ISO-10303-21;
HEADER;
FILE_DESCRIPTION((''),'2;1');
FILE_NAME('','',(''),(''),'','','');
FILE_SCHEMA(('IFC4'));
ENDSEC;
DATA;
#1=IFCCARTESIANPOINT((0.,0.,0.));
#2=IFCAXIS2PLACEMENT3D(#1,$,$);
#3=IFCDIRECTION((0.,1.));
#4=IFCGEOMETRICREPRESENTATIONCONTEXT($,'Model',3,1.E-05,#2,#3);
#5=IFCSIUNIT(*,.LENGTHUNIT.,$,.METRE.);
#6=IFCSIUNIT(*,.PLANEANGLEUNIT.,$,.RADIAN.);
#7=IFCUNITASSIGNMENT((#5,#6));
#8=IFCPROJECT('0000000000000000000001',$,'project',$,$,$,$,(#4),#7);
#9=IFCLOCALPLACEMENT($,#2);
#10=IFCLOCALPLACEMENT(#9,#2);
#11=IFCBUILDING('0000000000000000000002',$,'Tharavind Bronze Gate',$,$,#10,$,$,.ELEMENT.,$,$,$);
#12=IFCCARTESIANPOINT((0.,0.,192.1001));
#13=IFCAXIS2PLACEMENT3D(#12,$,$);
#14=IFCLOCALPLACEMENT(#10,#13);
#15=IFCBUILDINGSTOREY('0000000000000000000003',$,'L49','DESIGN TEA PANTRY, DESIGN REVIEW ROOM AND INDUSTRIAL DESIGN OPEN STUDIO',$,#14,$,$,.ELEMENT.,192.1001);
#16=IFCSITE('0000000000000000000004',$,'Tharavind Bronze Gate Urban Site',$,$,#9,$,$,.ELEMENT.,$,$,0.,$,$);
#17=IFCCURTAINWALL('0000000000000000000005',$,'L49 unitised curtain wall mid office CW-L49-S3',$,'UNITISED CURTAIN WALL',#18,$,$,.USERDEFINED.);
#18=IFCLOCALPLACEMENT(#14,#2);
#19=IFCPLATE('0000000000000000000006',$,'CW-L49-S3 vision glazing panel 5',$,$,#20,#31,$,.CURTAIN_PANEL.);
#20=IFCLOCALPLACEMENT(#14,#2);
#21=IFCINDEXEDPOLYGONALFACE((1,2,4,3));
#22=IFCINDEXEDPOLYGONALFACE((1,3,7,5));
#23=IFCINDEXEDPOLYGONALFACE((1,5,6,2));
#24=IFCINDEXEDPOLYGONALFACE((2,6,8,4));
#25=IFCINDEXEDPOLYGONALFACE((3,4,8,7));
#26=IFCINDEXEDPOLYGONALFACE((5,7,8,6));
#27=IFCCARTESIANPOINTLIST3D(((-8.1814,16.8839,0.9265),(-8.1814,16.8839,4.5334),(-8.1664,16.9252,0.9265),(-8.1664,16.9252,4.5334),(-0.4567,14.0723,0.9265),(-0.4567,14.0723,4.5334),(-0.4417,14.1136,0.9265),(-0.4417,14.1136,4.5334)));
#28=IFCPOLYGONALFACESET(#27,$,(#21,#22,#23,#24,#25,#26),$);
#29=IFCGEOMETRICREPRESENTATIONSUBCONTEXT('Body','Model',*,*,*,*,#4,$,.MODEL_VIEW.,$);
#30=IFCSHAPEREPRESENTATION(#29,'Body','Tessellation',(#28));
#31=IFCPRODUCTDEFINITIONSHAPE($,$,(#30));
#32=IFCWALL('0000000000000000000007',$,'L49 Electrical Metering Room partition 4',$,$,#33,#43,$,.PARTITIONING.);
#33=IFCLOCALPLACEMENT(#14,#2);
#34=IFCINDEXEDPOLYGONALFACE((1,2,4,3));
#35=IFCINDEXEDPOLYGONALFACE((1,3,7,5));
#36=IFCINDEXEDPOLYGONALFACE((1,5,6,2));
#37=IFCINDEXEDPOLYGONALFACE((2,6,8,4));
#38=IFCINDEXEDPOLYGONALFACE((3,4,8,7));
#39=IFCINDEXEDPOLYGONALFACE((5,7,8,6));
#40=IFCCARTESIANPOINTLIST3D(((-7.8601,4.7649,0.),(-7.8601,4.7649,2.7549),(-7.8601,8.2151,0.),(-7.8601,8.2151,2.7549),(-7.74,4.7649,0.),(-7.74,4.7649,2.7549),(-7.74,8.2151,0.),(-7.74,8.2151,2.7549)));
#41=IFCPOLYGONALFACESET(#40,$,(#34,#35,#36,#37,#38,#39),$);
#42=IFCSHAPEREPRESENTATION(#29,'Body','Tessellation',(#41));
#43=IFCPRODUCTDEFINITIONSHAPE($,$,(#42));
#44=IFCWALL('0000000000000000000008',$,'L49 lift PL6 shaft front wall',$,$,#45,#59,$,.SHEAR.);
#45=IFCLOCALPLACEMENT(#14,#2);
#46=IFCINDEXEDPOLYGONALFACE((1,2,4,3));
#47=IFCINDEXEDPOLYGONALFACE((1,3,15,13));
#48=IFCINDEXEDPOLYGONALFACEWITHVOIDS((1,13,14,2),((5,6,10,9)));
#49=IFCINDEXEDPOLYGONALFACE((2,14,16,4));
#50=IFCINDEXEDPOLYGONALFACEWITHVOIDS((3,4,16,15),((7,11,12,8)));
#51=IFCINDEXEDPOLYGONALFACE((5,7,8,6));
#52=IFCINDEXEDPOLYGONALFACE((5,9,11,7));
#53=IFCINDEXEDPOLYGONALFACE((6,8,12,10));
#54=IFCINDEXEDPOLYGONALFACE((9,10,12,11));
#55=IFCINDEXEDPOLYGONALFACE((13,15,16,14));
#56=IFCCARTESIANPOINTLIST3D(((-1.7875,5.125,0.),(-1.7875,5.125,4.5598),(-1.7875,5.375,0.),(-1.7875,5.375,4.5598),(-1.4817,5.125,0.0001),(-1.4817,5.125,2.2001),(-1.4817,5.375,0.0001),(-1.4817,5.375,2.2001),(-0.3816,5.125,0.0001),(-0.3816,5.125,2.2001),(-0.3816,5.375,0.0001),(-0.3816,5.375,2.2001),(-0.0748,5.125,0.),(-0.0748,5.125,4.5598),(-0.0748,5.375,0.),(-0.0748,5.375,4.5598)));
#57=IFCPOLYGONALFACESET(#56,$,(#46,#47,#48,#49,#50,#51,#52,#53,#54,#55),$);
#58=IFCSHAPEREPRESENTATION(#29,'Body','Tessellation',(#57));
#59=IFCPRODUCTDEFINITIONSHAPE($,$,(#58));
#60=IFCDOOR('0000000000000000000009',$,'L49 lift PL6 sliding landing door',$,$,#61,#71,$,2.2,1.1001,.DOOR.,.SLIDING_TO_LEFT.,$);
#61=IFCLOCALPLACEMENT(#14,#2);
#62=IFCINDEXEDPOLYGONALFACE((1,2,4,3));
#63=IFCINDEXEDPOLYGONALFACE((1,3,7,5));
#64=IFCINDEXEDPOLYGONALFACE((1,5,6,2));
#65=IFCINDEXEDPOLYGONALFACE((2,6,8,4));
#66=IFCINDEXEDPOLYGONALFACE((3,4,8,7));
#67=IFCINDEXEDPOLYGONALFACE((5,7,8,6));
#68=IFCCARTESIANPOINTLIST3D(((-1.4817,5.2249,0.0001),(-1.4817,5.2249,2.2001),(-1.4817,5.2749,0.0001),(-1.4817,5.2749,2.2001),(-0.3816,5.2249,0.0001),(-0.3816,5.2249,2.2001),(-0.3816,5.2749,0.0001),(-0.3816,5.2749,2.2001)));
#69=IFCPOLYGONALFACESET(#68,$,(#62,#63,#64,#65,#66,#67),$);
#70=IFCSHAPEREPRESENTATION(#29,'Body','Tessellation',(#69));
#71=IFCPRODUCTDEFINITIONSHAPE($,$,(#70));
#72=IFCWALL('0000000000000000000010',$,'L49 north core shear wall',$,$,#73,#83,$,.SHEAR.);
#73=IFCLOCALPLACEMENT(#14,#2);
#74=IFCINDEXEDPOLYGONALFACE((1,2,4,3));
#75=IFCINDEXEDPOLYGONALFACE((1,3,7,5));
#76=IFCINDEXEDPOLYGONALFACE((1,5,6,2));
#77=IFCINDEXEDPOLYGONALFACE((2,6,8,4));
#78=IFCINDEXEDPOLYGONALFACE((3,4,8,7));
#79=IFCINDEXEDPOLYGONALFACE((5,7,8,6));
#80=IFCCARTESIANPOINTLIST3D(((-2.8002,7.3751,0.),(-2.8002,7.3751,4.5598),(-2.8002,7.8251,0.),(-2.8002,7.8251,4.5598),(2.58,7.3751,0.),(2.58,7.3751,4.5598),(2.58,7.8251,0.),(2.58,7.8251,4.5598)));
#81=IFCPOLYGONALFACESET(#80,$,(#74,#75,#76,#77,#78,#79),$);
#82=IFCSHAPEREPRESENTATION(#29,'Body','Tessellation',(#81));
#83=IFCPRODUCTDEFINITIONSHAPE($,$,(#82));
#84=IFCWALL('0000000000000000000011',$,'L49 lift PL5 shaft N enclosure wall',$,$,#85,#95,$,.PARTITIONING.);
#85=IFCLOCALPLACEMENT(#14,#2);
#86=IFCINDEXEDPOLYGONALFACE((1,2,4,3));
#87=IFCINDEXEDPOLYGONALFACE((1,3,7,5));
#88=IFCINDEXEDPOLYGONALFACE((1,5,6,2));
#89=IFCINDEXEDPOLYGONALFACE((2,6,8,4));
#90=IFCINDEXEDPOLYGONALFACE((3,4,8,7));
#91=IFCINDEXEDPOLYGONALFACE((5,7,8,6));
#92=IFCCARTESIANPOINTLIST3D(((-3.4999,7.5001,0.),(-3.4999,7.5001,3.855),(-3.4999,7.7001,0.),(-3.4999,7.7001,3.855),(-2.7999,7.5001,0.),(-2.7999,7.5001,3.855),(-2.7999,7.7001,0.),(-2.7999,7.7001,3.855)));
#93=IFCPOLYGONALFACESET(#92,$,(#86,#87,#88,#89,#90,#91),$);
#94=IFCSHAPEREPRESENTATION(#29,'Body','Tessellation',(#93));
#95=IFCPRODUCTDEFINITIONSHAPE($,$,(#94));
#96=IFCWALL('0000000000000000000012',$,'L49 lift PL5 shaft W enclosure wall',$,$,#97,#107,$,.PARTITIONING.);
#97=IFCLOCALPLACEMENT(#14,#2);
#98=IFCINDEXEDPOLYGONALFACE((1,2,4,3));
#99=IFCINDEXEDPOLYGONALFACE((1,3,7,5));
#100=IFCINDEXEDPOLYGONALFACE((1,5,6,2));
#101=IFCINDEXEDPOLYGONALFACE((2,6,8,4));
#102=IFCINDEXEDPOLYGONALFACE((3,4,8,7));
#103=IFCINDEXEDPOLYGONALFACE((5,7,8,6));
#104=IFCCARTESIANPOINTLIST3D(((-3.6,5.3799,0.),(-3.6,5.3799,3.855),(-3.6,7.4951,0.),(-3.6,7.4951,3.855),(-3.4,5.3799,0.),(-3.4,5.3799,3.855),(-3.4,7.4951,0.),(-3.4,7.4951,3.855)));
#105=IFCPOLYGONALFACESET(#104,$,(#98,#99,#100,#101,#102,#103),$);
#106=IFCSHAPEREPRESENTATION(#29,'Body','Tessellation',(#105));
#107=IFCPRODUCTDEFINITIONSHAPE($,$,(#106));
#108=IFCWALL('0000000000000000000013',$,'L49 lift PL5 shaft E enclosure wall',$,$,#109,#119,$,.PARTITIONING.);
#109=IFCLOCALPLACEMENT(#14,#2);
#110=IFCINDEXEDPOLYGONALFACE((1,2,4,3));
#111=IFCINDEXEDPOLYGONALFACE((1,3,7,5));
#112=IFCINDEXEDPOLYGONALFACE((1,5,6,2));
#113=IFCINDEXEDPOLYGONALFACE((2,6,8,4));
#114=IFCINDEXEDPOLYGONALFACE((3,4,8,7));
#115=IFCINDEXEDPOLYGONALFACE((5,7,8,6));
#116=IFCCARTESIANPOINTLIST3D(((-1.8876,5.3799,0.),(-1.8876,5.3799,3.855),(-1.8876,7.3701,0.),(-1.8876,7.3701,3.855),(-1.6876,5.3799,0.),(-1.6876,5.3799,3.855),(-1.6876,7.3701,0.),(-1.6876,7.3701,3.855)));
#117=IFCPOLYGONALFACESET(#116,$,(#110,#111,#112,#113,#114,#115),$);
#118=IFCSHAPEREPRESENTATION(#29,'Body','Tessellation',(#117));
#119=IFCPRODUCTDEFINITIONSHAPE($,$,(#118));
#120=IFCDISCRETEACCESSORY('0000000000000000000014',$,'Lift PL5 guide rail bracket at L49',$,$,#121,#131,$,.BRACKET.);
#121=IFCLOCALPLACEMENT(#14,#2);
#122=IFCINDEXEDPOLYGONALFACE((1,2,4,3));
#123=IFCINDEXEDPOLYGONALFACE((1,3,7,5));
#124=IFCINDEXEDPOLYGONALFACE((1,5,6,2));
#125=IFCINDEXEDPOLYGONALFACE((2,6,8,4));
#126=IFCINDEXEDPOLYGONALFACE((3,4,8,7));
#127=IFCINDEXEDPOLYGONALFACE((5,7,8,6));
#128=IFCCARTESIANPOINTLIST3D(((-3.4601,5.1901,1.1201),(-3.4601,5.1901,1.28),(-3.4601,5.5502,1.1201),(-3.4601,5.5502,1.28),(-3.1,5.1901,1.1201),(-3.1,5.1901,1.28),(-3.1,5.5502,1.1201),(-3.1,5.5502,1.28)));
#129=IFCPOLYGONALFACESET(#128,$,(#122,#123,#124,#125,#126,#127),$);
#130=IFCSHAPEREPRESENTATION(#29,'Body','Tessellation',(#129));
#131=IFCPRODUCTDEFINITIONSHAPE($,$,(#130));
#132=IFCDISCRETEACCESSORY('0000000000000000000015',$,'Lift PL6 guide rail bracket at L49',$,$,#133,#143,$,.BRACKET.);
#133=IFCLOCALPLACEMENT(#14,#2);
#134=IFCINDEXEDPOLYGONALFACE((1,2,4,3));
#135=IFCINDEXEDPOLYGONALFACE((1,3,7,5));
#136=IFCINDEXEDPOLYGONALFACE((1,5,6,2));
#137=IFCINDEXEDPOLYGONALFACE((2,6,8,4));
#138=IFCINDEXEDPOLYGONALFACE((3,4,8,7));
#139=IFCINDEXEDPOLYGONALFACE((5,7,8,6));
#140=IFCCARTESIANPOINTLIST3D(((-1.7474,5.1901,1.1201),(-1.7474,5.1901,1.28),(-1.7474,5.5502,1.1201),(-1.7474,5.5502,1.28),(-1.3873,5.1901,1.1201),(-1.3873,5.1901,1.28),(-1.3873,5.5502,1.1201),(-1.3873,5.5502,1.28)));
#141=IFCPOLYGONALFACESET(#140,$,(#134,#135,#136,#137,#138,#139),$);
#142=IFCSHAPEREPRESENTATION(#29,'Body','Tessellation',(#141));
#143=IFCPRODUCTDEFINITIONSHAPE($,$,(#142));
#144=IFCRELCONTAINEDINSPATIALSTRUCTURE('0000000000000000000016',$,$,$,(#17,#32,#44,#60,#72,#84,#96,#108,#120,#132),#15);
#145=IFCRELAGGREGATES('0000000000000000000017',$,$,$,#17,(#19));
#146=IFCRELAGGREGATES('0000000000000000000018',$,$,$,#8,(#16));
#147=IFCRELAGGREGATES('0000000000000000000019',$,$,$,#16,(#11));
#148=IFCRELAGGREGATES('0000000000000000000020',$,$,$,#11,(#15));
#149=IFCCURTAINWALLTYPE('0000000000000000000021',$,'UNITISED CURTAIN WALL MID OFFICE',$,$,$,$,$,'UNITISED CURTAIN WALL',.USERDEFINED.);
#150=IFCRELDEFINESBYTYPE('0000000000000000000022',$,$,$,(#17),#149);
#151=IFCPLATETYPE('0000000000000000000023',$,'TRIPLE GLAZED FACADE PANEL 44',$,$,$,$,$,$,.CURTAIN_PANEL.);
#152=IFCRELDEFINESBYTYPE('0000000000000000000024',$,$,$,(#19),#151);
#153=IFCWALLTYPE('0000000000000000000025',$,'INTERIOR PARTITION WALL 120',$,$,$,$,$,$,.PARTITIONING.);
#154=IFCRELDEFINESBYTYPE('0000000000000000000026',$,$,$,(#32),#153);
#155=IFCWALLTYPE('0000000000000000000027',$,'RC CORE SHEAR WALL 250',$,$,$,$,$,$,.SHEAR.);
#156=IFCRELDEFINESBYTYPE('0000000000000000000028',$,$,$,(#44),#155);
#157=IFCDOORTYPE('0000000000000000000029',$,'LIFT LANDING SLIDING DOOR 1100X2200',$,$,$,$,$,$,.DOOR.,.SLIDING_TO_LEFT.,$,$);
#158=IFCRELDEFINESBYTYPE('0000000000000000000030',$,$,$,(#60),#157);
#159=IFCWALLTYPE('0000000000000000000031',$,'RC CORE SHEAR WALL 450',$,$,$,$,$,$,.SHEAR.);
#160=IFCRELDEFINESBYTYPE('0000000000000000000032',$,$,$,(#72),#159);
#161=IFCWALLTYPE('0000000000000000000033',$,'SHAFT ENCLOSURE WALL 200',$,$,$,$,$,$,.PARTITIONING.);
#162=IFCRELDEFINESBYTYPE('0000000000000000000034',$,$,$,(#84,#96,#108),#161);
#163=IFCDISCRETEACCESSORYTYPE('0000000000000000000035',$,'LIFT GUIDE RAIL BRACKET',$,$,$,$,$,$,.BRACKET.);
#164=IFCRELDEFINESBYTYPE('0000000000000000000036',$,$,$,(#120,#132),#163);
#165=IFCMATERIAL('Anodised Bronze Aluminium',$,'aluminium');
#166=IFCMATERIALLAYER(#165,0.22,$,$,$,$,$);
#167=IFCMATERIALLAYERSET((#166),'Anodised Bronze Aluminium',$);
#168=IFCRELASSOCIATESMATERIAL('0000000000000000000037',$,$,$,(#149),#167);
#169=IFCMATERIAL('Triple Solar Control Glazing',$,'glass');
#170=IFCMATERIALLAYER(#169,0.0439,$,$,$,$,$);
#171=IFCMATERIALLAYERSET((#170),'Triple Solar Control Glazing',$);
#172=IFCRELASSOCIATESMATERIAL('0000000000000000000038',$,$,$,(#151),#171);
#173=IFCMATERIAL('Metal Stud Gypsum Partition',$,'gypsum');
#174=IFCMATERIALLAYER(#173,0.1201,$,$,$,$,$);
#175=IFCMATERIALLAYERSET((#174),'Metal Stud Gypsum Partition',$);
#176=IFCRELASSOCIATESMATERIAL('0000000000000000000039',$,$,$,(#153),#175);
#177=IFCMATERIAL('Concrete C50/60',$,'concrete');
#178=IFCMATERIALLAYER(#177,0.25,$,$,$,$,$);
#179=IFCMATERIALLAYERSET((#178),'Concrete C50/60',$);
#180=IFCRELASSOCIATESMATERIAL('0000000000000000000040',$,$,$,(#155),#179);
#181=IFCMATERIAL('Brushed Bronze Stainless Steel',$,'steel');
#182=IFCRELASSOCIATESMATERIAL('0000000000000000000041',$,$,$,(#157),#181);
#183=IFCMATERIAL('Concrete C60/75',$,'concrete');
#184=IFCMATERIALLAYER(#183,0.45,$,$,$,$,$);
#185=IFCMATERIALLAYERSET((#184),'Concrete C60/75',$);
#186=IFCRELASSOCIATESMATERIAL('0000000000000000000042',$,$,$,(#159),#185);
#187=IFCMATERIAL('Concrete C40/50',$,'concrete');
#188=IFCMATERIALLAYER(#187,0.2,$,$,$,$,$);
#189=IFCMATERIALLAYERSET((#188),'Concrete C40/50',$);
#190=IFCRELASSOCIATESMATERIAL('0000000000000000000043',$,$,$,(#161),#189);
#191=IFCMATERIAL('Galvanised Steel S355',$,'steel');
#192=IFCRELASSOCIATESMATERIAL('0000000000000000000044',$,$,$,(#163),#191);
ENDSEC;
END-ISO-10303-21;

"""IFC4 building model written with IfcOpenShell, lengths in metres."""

from ifc_helpers import new_model, si_unit, direction, frame, frame_2d, origin, origin_2d, place, context, subcontext, project, spatial, rectangle, extrude, material, layer, layer_set, type_object, element, fill, aggregate, save


model = new_model("IFC4")

# Units and contexts
model_context = context("Model", 3, precision=1e-05, world=origin(), true_north=direction((0.0, 1.0)))
body_context = subcontext(model_context, "Body", "Model", "MODEL_VIEW")
ifc_project = project(units=[si_unit("LENGTHUNIT", "METRE"), si_unit("PLANEANGLEUNIT", "RADIAN")], contexts=[model_context])

# Site, building, storey
site_placement = place(None, origin())
site = spatial("IfcSite", under=ifc_project, at=site_placement, Name="Tharavind Bronze Gate Urban Site", CompositionType="ELEMENT", RefElevation=0.0)
building_placement = place(site_placement, origin())
building = spatial("IfcBuilding", under=site, at=building_placement, Name="Tharavind Bronze Gate", CompositionType="ELEMENT")
storey_placement = place(building_placement, frame((0.0, 0.0, 192.1001)))
storey = spatial("IfcBuildingStorey", under=building, at=storey_placement, Name="L49", Description="DESIGN TEA PANTRY, DESIGN REVIEW ROOM AND INDUSTRIAL DESIGN OPEN STUDIO", CompositionType="ELEMENT", Elevation=192.1001)

# Curtain wall
ifc_material_1 = material(Name="Anodised Bronze Aluminium", Category="aluminium")
ifc_layer_1 = layer(ifc_material_1, 0.22)
ifc_layer_set_1 = layer_set([ifc_layer_1], Name="Anodised Bronze Aluminium")
curtain_wall_type = type_object("IfcCurtainWallType", Name="UNITISED CURTAIN WALL MID OFFICE", ElementType="UNITISED CURTAIN WALL", PredefinedType="USERDEFINED", material=ifc_layer_set_1)
curtain_wall_placement = place(storey_placement, origin())
curtain_wall = element("IfcCurtainWall", 1, at=curtain_wall_placement, inside=storey, type_object=curtain_wall_type, Name="L49 unitised curtain wall mid office CW-L49-S3", ObjectType="UNITISED CURTAIN WALL", PredefinedType="USERDEFINED")

# Plate
ifc_material_2 = material(Name="Triple Solar Control Glazing", Category="glass")
ifc_layer_2 = layer(ifc_material_2, 0.0439)
ifc_layer_set_2 = layer_set([ifc_layer_2], Name="Triple Solar Control Glazing")
plate_type_1 = type_object("IfcPlateType", Name="TRIPLE GLAZED FACADE PANEL 44", PredefinedType="CURTAIN_PANEL", material=ifc_layer_set_2)
plate_1_placement = place(storey_placement, frame((-4.3115, 15.4988, 0.9265), z_axis=(0.0, 0.0, 1.0), x_axis=(-0.939692, 0.342022, 0.0)))
plate_1 = element("IfcPlate", 2, at=plate_1_placement, type_object=plate_type_1, Name="CW-L49-S3 vision glazing panel 5", PredefinedType="CURTAIN_PANEL", context=body_context, shape_type="SweptSolid", body=[
    extrude(rectangle(XDim=8.2205, YDim=0.0439, at=origin_2d()), origin(), (0.0, 0.0, 1.0), 3.6069),
])
aggregate(curtain_wall, [plate_1])

# Wall
ifc_material_3 = material(Name="Metal Stud Gypsum Partition", Category="gypsum")
ifc_layer_3 = layer(ifc_material_3, 0.1201)
ifc_layer_set_3 = layer_set([ifc_layer_3], Name="Metal Stud Gypsum Partition")
wall_type_1 = type_object("IfcWallType", Name="INTERIOR PARTITION WALL 120", PredefinedType="PARTITIONING", material=ifc_layer_set_3)
wall_1_placement = place(storey_placement, frame((-7.8, 8.2151, 0.0), z_axis=(0.0, 0.0, 1.0), x_axis=(0.0, -1.0, 0.0)))
element("IfcWall", 3, at=wall_1_placement, inside=storey, type_object=wall_type_1, Name="L49 Electrical Metering Room partition 4", PredefinedType="PARTITIONING", context=body_context, shape_type="SweptSolid", body=[
    extrude(rectangle(XDim=3.4502, YDim=0.1201, at=frame_2d((1.7251, 0.0))), origin(), (0.0, 0.0, 1.0), 2.7549),
])

# Wall, opening, door
ifc_material_4 = material(Name="Concrete C50/60", Category="concrete")
ifc_layer_4 = layer(ifc_material_4, 0.25)
ifc_layer_set_4 = layer_set([ifc_layer_4], Name="Concrete C50/60")
wall_type_2 = type_object("IfcWallType", Name="RC CORE SHEAR WALL 250", PredefinedType="SHEAR", material=ifc_layer_set_4)
wall_2_placement = place(storey_placement, frame((-1.7876, 5.25, 0.0), z_axis=(0.0, 0.0, 1.0), x_axis=(1.0, 0.0, 0.0)))
wall_2 = element("IfcWall", 4, at=wall_2_placement, inside=storey, type_object=wall_type_2, Name="L49 lift PL6 shaft front wall", PredefinedType="SHEAR", context=body_context, shape_type="SweptSolid", body=[
    extrude(rectangle(XDim=1.7126, YDim=0.25, at=frame_2d((0.8564, 0.0))), origin(), (0.0, 0.0, 1.0), 4.5598),
])
opening_placement = place(wall_2_placement, frame((0.3059, 0.0, 0.0)))
opening = element("IfcOpeningElement", 5, at=opening_placement, cuts=wall_2, PredefinedType="OPENING", context=body_context, shape_type="SweptSolid", body=[
    extrude(rectangle(XDim=1.1001, YDim=2.2, at=frame_2d((0.55, 1.1001))), frame((0.0, 0.135, 0.0), z_axis=(0.0, -1.0, 0.0), x_axis=(1.0, 0.0, 0.0)), (0.0, 0.0, 1.0), 0.27),
])
ifc_material_5 = material(Name="Brushed Bronze Stainless Steel", Category="steel")
door_type = type_object("IfcDoorType", Name="LIFT LANDING SLIDING DOOR 1100X2200", OperationType="SLIDING_TO_LEFT", PredefinedType="DOOR", material=ifc_material_5)
door_placement = place(opening_placement, origin())
door = element("IfcDoor", 6, at=door_placement, inside=storey, type_object=door_type, Name="L49 lift PL6 sliding landing door", OperationType="SLIDING_TO_LEFT", OverallHeight=2.2, OverallWidth=1.1001, PredefinedType="DOOR", context=body_context, shape_type="SweptSolid", body=[
    extrude(rectangle(XDim=1.1001, YDim=2.2, at=frame_2d((0.55, 1.1001))), frame((0.0, 0.0249, 0.0), z_axis=(0.0, -1.0, 0.0), x_axis=(1.0, 0.0, 0.0)), (0.0, 0.0, 1.0), 0.05),
])
fill(opening, door)

# Walls
ifc_material_6 = material(Name="Concrete C60/75", Category="concrete")
ifc_layer_5 = layer(ifc_material_6, 0.45)
ifc_layer_set_5 = layer_set([ifc_layer_5], Name="Concrete C60/75")
wall_type_3 = type_object("IfcWallType", Name="RC CORE SHEAR WALL 450", PredefinedType="SHEAR", material=ifc_layer_set_5)
wall_3_placement = place(storey_placement, frame((-2.8, 7.6001, 0.0), z_axis=(0.0, 0.0, 1.0), x_axis=(1.0, 0.0, 0.0)))
element("IfcWall", 7, at=wall_3_placement, inside=storey, type_object=wall_type_3, Name="L49 north core shear wall", PredefinedType="SHEAR", context=body_context, shape_type="SweptSolid", body=[
    extrude(rectangle(XDim=5.3801, YDim=0.45, at=frame_2d((2.6899, 0.0))), origin(), (0.0, 0.0, 1.0), 4.5598),
])
ifc_material_7 = material(Name="Concrete C40/50", Category="concrete")
ifc_layer_6 = layer(ifc_material_7, 0.2)
ifc_layer_set_6 = layer_set([ifc_layer_6], Name="Concrete C40/50")
wall_type_4 = type_object("IfcWallType", Name="SHAFT ENCLOSURE WALL 200", PredefinedType="PARTITIONING", material=ifc_layer_set_6)
wall_4_placement = place(storey_placement, frame((-3.5, 7.6001, 0.0), z_axis=(0.0, 0.0, 1.0), x_axis=(1.0, 0.0, 0.0)))
element("IfcWall", 8, at=wall_4_placement, inside=storey, type_object=wall_type_4, Name="L49 lift PL5 shaft N enclosure wall", PredefinedType="PARTITIONING", context=body_context, shape_type="SweptSolid", body=[
    extrude(rectangle(XDim=0.7, YDim=0.2, at=frame_2d((0.3501, 0.0))), origin(), (0.0, 0.0, 1.0), 3.855),
])
wall_5_placement = place(storey_placement, frame((-3.5, 5.3799, 0.0), z_axis=(0.0, 0.0, 1.0), x_axis=(0.0, 1.0, 0.0)))
element("IfcWall", 9, at=wall_5_placement, inside=storey, type_object=wall_type_4, Name="L49 lift PL5 shaft W enclosure wall", PredefinedType="PARTITIONING", context=body_context, shape_type="SweptSolid", body=[
    extrude(rectangle(XDim=2.1152, YDim=0.2, at=frame_2d((1.0576, 0.0))), origin(), (0.0, 0.0, 1.0), 3.855),
])
wall_6_placement = place(storey_placement, frame((-1.7876, 5.3799, 0.0), z_axis=(0.0, 0.0, 1.0), x_axis=(0.0, 1.0, 0.0)))
element("IfcWall", 10, at=wall_6_placement, inside=storey, type_object=wall_type_4, Name="L49 lift PL5 shaft E enclosure wall", PredefinedType="PARTITIONING", context=body_context, shape_type="SweptSolid", body=[
    extrude(rectangle(XDim=1.9902, YDim=0.2, at=frame_2d((0.9951, 0.0))), origin(), (0.0, 0.0, 1.0), 3.855),
])

# Discrete accessories
ifc_material_8 = material(Name="Galvanised Steel S355", Category="steel")
discrete_accessory_type = type_object("IfcDiscreteAccessoryType", Name="LIFT GUIDE RAIL BRACKET", PredefinedType="BRACKET", material=ifc_material_8)
for number, where, z_axis, x_axis, name in (
    (11, (-3.28, 5.3701, 1.1201), (0.0, 0.0, 1.0), (1.0, 0.0, 0.0), "Lift PL5 guide rail bracket at L49"),
    (12, (-1.5674, 5.3701, 1.1201), (0.0, 0.0, 1.0), (1.0, 0.0, 0.0), "Lift PL6 guide rail bracket at L49"),
):
    element("IfcDiscreteAccessory", number, at=place(storey_placement, frame(where, z_axis=z_axis, x_axis=x_axis)), inside=storey, type_object=discrete_accessory_type, Name=name, PredefinedType="BRACKET", context=body_context, shape_type="SweptSolid", body=[
        extrude(rectangle(XDim=0.3601, YDim=0.3601, at=origin_2d()), origin(), (0.0, 0.0, 1.0), 0.1599),
    ])

save(model, "model.ifc")
